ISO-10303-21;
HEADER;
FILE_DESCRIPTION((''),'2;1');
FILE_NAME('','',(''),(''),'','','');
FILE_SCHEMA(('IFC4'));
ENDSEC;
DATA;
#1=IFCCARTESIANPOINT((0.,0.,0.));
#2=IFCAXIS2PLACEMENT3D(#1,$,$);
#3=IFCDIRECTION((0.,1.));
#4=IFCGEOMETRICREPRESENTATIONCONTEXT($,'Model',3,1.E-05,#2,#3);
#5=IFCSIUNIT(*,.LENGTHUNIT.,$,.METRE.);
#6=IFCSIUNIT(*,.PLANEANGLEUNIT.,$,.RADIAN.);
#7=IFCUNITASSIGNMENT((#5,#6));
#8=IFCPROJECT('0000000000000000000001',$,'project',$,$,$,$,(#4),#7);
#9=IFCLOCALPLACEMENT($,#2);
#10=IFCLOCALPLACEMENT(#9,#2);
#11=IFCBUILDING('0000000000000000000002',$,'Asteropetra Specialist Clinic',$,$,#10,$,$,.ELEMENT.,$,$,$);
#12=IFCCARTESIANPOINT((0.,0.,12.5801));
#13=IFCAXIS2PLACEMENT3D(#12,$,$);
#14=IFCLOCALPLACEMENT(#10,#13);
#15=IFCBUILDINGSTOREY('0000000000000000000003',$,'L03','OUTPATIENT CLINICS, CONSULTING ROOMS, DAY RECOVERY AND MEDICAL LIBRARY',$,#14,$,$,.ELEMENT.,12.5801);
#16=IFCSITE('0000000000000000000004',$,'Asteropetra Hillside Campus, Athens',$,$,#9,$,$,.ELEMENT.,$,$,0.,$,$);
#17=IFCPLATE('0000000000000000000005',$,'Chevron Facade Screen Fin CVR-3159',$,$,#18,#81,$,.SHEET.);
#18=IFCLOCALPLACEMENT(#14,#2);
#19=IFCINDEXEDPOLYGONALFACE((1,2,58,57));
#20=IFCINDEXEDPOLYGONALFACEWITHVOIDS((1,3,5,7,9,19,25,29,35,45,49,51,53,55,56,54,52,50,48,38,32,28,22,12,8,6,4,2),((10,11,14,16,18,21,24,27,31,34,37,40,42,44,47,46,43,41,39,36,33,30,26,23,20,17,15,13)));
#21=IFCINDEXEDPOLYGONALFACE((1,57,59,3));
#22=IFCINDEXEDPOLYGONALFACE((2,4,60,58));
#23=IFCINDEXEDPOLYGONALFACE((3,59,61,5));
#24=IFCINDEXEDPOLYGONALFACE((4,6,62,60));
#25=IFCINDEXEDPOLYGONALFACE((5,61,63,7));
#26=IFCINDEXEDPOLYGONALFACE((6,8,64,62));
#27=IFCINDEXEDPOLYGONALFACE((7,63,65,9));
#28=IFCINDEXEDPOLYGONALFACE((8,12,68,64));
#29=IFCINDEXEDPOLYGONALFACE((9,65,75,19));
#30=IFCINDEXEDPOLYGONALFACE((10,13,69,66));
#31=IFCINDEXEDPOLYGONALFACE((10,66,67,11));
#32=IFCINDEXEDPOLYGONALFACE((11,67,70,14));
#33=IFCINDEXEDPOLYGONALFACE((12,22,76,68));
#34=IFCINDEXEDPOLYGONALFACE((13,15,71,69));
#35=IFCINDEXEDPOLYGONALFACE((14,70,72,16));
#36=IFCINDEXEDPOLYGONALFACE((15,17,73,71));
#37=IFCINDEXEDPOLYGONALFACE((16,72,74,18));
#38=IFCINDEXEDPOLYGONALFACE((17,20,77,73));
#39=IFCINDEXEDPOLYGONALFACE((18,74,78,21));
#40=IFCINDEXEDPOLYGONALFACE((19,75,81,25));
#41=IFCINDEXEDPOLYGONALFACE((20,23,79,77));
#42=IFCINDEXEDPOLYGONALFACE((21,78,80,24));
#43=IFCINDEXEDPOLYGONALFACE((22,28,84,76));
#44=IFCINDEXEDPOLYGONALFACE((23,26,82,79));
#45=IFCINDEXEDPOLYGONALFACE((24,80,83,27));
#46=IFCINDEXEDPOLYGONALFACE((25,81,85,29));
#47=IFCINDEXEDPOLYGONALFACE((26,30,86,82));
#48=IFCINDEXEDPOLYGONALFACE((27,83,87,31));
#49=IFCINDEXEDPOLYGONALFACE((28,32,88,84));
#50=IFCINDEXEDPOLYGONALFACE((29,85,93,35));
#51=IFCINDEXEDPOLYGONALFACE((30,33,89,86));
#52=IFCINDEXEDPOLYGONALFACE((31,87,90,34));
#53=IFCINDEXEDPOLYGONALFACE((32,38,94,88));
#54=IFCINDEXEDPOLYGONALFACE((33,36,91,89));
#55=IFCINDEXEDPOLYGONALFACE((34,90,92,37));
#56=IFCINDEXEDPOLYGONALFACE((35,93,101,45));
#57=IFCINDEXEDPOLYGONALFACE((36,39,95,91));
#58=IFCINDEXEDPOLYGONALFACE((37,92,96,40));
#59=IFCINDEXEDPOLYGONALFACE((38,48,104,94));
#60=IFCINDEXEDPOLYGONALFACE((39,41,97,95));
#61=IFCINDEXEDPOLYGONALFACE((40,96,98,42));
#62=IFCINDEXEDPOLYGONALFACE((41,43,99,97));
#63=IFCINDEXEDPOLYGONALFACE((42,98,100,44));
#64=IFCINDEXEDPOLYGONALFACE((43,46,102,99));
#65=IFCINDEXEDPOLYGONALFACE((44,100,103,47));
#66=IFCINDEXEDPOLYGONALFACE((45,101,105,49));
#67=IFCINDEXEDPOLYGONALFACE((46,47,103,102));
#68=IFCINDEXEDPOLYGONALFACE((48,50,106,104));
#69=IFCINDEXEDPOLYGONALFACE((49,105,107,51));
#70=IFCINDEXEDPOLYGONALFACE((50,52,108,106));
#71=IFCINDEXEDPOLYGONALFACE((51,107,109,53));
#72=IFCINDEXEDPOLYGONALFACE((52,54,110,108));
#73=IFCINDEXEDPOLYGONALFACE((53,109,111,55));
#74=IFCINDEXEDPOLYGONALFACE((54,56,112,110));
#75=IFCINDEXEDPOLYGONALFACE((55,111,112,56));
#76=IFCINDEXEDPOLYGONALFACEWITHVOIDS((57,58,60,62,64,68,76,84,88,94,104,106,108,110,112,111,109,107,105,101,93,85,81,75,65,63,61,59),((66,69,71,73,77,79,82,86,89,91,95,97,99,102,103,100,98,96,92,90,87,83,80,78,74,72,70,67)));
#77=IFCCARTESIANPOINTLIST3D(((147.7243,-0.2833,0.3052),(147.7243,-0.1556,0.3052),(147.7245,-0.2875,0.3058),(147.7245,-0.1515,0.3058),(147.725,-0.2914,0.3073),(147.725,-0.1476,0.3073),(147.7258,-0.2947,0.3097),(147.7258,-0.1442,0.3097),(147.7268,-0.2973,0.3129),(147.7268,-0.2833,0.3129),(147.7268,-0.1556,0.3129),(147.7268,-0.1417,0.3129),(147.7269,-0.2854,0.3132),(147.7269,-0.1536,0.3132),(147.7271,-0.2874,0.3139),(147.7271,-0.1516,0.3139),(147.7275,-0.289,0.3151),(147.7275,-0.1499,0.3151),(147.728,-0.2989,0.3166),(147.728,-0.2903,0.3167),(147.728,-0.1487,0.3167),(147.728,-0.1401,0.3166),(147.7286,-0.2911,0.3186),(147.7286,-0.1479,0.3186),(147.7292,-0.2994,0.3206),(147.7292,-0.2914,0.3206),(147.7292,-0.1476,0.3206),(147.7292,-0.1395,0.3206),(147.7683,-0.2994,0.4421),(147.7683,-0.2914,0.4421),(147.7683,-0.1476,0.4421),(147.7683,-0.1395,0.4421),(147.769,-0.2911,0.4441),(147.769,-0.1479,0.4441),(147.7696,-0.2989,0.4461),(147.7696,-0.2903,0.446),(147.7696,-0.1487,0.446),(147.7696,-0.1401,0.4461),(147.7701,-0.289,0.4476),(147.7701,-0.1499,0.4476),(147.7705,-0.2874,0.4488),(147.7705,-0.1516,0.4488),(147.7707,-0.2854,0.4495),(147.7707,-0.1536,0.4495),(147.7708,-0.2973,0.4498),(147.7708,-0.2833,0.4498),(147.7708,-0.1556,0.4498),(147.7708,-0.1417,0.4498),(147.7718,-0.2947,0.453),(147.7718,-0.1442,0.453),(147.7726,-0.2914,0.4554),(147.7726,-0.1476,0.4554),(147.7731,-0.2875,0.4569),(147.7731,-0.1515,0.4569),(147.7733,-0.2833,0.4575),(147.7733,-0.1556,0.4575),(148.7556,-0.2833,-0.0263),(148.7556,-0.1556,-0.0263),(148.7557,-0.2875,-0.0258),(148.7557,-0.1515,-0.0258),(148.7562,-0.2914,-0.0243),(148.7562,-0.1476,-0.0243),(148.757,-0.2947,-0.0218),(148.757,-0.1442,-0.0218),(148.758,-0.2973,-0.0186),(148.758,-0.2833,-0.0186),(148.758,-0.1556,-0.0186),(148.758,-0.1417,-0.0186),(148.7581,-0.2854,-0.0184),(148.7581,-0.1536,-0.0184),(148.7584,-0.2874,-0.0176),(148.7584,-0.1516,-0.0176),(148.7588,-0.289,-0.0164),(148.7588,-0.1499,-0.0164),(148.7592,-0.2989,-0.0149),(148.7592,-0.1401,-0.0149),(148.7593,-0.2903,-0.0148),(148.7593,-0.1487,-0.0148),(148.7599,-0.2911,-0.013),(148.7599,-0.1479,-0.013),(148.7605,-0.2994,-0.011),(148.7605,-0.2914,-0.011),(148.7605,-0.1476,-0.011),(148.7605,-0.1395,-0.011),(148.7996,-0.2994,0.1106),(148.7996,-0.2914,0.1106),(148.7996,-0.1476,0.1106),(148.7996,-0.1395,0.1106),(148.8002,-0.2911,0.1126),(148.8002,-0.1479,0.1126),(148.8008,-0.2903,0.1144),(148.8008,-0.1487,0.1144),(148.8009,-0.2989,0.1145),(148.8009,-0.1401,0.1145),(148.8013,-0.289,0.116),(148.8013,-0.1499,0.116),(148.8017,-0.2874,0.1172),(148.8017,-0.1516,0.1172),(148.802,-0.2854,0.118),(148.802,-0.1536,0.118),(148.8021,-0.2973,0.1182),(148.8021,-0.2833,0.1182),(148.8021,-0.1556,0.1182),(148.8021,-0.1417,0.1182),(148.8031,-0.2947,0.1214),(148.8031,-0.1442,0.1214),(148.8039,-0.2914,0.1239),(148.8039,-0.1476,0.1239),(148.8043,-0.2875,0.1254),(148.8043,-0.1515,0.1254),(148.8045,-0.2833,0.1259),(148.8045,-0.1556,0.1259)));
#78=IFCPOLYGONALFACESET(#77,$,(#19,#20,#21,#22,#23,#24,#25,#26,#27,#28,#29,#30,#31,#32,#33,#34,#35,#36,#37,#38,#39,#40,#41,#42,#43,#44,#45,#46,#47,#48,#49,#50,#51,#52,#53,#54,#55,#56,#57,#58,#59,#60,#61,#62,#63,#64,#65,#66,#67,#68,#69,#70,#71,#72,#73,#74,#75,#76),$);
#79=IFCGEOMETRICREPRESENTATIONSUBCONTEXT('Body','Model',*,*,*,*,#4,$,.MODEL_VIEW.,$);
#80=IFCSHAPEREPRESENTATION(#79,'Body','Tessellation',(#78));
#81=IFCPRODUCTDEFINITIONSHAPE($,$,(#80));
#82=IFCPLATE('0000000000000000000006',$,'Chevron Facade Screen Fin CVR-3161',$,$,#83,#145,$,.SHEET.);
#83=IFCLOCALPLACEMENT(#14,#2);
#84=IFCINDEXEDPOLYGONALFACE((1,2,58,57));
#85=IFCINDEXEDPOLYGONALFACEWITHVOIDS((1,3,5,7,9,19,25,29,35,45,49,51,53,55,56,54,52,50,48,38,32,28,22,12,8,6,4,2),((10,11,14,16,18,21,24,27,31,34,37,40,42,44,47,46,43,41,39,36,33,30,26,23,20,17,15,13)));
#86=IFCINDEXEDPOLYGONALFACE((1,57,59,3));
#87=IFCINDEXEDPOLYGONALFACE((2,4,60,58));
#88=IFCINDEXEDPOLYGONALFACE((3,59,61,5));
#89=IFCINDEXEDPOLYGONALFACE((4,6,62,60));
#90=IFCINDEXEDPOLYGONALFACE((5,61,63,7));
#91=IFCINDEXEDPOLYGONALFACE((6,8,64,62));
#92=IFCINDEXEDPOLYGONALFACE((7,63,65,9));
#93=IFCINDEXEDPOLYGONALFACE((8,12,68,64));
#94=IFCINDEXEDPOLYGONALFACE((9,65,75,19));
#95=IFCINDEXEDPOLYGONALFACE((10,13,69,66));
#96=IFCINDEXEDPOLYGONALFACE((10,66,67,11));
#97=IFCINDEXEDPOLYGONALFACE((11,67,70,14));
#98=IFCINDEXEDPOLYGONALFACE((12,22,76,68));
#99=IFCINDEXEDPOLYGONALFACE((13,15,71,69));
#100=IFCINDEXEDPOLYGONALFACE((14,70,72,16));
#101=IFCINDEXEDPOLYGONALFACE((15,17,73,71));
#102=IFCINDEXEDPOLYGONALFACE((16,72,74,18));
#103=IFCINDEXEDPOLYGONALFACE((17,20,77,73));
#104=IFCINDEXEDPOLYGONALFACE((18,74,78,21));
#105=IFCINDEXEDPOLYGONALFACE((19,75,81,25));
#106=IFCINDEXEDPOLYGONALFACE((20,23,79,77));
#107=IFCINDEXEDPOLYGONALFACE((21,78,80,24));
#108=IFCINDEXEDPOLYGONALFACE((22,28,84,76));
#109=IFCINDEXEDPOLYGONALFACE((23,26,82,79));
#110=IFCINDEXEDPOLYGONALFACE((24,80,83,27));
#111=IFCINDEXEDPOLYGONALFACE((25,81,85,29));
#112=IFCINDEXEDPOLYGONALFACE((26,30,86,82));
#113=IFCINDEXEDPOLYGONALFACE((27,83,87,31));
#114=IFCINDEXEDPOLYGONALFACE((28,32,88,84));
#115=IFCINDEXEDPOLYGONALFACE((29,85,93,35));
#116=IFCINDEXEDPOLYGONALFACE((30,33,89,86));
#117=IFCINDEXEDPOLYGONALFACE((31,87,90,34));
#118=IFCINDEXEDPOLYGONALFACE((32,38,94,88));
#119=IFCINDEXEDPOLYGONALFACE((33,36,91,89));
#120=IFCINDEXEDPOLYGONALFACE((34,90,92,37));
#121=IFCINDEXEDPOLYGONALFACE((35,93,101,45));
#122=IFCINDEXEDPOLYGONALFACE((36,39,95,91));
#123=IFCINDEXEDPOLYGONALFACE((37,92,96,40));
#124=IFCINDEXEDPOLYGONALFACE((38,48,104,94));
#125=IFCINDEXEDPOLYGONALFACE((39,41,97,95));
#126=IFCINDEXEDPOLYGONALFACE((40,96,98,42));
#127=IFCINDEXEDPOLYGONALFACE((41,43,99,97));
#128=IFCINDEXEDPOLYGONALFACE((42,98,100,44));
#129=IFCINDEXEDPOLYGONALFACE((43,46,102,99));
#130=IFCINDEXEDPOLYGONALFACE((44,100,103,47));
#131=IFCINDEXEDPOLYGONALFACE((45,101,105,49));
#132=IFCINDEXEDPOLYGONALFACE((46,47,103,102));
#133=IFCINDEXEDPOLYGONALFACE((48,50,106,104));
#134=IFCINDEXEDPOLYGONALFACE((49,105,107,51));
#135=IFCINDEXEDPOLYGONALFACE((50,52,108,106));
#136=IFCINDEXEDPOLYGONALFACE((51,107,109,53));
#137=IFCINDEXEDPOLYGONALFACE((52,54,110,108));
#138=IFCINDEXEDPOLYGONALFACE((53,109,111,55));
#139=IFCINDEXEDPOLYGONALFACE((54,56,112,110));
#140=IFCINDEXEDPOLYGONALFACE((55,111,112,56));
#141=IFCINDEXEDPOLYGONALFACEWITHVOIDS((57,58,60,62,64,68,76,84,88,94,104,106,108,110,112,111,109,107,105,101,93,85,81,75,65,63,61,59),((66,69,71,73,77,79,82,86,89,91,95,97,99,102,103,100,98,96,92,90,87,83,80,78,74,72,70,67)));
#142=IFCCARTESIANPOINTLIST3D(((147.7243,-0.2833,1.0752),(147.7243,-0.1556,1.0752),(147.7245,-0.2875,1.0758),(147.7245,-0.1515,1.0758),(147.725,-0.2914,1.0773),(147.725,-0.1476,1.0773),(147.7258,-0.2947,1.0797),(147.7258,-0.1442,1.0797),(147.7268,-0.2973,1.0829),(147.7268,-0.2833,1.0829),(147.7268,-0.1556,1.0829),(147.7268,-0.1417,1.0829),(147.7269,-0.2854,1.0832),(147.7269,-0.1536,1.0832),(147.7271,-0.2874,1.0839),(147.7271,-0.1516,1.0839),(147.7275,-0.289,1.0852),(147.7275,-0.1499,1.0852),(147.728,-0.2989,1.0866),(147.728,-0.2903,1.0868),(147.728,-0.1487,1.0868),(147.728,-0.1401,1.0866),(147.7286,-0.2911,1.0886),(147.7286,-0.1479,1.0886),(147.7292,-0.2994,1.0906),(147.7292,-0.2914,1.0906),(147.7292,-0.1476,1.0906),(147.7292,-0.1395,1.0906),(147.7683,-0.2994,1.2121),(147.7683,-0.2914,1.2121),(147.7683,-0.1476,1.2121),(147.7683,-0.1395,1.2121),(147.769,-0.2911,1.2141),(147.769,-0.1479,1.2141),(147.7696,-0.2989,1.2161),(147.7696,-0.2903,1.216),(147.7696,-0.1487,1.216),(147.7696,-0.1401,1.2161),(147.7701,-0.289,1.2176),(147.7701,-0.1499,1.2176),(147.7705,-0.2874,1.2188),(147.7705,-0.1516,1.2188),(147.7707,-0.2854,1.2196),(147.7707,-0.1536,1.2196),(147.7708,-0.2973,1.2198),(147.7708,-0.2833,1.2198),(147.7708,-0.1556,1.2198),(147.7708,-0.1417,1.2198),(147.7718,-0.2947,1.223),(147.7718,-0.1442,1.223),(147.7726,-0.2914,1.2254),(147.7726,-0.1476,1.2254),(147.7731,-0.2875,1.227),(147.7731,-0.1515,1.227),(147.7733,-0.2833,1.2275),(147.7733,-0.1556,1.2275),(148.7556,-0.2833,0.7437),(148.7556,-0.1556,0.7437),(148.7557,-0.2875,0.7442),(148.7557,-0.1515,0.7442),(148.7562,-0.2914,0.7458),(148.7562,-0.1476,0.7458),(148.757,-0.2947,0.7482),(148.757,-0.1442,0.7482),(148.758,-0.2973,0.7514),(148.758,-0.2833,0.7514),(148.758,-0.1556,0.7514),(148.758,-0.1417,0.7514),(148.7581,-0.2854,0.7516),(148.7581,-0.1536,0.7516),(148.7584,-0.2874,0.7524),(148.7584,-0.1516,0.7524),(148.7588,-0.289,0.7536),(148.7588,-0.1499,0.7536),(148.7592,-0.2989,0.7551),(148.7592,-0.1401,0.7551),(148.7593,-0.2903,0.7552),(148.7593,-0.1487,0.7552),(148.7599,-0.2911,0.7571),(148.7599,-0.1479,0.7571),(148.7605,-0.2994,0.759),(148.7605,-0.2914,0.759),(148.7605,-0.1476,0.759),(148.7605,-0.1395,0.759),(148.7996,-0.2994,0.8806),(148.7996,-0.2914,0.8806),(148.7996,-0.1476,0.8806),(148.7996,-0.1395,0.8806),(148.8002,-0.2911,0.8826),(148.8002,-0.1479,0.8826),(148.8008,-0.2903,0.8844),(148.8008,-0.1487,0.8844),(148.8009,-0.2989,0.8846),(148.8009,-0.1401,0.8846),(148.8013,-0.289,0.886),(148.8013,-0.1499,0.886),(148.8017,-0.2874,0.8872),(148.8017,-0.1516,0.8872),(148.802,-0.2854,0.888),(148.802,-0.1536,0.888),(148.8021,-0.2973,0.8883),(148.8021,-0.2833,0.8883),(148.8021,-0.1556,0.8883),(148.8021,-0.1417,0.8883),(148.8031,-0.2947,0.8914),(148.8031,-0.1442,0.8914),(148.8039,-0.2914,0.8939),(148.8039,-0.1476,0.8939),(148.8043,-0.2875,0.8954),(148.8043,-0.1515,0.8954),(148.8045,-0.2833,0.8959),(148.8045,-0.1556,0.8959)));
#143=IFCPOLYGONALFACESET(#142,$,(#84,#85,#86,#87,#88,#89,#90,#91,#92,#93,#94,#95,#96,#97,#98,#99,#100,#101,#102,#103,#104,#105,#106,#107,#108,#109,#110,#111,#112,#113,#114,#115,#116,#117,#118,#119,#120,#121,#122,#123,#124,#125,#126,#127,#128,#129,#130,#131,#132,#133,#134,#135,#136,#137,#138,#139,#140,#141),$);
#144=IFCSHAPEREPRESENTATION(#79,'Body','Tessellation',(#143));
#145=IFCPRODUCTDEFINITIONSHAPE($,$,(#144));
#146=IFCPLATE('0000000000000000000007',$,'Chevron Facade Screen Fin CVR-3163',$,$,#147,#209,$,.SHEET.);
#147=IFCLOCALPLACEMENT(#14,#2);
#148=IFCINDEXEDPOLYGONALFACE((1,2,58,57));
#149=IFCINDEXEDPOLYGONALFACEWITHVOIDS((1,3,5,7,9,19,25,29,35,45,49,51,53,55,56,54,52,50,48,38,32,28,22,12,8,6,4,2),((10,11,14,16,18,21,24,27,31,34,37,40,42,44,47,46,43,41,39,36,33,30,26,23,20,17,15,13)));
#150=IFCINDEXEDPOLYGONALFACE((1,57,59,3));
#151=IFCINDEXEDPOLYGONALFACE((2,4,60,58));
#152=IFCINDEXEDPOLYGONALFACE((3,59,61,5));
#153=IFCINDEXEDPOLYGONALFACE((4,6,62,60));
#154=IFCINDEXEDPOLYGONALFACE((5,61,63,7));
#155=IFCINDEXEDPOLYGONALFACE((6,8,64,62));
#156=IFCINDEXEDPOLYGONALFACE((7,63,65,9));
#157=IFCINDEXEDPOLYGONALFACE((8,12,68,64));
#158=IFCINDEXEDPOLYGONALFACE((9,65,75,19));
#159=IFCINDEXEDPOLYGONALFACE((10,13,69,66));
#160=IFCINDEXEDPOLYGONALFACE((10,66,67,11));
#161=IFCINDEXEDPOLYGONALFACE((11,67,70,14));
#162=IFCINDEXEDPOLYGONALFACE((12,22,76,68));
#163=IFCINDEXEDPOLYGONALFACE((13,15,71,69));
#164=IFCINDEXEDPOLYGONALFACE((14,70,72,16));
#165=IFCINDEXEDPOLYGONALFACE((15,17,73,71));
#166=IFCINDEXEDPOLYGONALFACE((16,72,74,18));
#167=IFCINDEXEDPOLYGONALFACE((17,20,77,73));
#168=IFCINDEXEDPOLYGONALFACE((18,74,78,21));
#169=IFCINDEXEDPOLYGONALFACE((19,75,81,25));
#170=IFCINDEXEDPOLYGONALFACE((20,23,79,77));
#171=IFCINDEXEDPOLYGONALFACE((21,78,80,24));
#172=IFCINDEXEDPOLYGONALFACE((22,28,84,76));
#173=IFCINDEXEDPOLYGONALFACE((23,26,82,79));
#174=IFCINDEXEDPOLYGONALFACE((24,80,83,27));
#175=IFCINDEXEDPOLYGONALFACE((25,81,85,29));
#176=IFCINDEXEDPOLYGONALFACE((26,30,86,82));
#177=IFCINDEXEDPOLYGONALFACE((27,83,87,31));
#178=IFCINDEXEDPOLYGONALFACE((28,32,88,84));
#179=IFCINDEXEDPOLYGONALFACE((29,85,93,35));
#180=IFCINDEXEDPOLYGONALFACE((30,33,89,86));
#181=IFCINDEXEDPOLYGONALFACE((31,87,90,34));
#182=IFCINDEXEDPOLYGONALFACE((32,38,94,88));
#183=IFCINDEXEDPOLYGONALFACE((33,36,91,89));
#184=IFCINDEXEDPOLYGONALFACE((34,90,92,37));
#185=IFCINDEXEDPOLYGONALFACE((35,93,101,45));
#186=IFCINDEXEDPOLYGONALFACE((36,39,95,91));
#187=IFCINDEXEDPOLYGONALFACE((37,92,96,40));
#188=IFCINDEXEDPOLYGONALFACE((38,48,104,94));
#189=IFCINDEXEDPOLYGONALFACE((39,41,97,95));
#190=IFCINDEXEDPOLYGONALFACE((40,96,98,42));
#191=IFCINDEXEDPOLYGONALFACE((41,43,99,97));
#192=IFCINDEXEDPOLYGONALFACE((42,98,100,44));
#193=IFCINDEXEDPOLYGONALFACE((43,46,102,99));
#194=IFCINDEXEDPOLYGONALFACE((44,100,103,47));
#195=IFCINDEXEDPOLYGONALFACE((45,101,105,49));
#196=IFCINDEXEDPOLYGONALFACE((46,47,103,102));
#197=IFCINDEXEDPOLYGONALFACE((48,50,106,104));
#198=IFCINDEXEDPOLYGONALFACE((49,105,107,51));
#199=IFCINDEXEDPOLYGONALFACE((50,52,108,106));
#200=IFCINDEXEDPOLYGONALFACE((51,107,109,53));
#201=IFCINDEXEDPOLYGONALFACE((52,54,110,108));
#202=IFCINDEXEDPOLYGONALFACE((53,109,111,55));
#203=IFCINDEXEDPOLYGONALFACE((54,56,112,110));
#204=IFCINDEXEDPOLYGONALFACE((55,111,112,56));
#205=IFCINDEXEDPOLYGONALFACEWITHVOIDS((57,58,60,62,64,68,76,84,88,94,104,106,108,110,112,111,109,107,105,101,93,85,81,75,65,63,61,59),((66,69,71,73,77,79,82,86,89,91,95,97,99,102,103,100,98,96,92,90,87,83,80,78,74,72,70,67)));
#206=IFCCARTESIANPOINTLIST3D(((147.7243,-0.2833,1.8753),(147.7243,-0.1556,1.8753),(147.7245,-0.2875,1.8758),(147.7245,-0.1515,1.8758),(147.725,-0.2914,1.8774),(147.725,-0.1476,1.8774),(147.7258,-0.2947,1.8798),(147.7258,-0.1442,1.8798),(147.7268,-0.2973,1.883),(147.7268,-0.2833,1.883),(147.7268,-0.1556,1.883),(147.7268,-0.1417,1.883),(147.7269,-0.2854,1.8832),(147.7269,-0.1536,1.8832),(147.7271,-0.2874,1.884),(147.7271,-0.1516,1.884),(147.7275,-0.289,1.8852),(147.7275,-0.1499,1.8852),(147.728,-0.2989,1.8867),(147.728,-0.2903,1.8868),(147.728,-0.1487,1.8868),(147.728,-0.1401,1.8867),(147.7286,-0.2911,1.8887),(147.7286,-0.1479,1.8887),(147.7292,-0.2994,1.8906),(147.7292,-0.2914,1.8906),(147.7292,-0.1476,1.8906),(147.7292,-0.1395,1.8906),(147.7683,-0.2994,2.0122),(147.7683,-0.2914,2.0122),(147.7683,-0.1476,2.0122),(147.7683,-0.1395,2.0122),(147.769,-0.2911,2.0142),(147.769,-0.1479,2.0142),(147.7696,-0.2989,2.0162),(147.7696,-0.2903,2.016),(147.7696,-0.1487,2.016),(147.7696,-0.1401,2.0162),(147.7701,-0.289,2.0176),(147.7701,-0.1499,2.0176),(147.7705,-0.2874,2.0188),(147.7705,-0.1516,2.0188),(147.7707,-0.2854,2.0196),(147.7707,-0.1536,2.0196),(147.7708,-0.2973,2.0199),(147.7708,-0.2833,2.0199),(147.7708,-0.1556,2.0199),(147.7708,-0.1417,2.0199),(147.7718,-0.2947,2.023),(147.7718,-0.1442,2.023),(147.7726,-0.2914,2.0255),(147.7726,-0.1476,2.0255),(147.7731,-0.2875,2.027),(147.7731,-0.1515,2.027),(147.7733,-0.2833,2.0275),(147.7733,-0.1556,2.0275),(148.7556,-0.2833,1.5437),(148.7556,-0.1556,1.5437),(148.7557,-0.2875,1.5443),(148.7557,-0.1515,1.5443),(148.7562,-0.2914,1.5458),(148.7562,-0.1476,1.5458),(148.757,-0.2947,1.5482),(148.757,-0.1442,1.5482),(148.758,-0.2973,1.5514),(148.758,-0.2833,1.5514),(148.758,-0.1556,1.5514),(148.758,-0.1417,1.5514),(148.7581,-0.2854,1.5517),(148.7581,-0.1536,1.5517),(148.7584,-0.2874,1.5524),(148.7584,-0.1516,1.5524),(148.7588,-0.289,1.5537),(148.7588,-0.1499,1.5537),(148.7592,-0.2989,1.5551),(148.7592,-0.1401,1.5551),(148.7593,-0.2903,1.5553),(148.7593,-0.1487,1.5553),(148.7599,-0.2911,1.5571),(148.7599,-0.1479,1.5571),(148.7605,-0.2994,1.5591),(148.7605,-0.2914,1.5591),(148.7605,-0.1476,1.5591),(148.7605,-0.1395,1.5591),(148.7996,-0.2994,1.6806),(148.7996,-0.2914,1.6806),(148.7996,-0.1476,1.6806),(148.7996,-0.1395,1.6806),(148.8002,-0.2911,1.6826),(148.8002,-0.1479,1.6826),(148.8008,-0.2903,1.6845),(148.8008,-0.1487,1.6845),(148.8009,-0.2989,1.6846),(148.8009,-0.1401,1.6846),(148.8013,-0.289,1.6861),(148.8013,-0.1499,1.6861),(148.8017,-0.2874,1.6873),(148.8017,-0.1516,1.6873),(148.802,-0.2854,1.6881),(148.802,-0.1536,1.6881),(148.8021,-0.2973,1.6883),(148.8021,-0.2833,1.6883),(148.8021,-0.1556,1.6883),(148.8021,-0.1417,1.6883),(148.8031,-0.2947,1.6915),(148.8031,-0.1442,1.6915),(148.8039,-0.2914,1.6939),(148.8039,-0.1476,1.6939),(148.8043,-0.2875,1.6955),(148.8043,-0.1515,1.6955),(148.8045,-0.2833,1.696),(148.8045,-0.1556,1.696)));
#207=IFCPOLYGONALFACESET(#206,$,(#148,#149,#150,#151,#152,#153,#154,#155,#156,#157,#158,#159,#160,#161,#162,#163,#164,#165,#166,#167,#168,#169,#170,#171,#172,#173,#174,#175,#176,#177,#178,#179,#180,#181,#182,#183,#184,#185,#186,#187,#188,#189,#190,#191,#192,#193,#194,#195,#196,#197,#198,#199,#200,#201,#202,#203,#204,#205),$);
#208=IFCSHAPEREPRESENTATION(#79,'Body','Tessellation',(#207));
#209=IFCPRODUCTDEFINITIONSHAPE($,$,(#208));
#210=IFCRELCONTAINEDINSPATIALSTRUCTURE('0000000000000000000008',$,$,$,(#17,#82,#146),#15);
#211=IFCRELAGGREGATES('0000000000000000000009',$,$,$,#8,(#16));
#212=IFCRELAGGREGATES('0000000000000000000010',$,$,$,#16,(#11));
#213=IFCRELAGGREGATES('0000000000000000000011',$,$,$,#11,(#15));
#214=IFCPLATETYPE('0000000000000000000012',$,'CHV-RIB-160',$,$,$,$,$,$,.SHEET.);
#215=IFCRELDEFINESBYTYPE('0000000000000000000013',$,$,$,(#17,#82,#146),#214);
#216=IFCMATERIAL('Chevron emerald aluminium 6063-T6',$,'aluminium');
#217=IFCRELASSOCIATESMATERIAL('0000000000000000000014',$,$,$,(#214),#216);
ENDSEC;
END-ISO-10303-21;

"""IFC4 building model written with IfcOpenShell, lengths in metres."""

from ifc_helpers import new_model, si_unit, direction, frame, origin, origin_2d, place, context, subcontext, project, spatial, hollow_rectangle, extrude, material, material_profile, profile_set, type_object, element, save


model = new_model("IFC4")

# Units and contexts
model_context = context("Model", 3, precision=1e-05, world=origin(), true_north=direction((0.0, 1.0)))
body_context = subcontext(model_context, "Body", "Model", "MODEL_VIEW")
ifc_project = project(units=[si_unit("LENGTHUNIT", "METRE"), si_unit("PLANEANGLEUNIT", "RADIAN")], contexts=[model_context])

# Site, building, storey
site_placement = place(None, origin())
site = spatial("IfcSite", under=ifc_project, at=site_placement, Name="Asteropetra Hillside Campus, Athens", CompositionType="ELEMENT", RefElevation=0.0)
building_placement = place(site_placement, origin())
building = spatial("IfcBuilding", under=site, at=building_placement, Name="Asteropetra Specialist Clinic", CompositionType="ELEMENT")
storey_placement = place(building_placement, frame((0.0, 0.0, 12.5801)))
storey = spatial("IfcBuildingStorey", under=building, at=storey_placement, Name="L03", Description="OUTPATIENT CLINICS, CONSULTING ROOMS, DAY RECOVERY AND MEDICAL LIBRARY", CompositionType="ELEMENT", Elevation=12.5801)

# Plates
ifc_material_1 = material(Name="Chevron emerald aluminium 6063-T6", Category="aluminium")
ifc_material_profile = material_profile(ifc_material_1, hollow_rectangle(XDim=0.1599, YDim=0.1599, WallThickness=0.0081, InnerFilletRadius=0.0081, OuterFilletRadius=0.0161, at=origin_2d()), Name="SHS 160x160x8.0")
ifc_profile_set = profile_set([ifc_material_profile], Name="Chevron emerald aluminium 6063-T6")
plate_type_1 = type_object("IfcPlateType", Name="CHV-RIB-160", PredefinedType="SHEET", material=ifc_profile_set)
for number, where, z_axis, x_axis, name in (
    (1, (147.7488, -0.2195, 0.3813), (0.95201, 0.0, -0.306068), (0.0, 1.0, 0.0), "Chevron Facade Screen Fin CVR-3159"),
    (2, (147.7488, -0.2195, 1.1514), (0.95201, 0.0, -0.306068), (0.0, 1.0, 0.0), "Chevron Facade Screen Fin CVR-3161"),
    (3, (147.7488, -0.2195, 1.9514), (0.95201, 0.0, -0.306068), (0.0, 1.0, 0.0), "Chevron Facade Screen Fin CVR-3163"),
):
    element("IfcPlate", number, at=place(storey_placement, frame(where, z_axis=z_axis, x_axis=x_axis)), inside=storey, type_object=plate_type_1, Name=name, PredefinedType="SHEET", context=body_context, shape_type="SweptSolid", body=[
        extrude(hollow_rectangle(XDim=0.1599, YDim=0.1599, WallThickness=0.0081, InnerFilletRadius=0.0081, OuterFilletRadius=0.0161, at=origin_2d()), origin(), (0.0, 0.0, 1.0), 1.0833),
    ])

save(model, "model.ifc")
